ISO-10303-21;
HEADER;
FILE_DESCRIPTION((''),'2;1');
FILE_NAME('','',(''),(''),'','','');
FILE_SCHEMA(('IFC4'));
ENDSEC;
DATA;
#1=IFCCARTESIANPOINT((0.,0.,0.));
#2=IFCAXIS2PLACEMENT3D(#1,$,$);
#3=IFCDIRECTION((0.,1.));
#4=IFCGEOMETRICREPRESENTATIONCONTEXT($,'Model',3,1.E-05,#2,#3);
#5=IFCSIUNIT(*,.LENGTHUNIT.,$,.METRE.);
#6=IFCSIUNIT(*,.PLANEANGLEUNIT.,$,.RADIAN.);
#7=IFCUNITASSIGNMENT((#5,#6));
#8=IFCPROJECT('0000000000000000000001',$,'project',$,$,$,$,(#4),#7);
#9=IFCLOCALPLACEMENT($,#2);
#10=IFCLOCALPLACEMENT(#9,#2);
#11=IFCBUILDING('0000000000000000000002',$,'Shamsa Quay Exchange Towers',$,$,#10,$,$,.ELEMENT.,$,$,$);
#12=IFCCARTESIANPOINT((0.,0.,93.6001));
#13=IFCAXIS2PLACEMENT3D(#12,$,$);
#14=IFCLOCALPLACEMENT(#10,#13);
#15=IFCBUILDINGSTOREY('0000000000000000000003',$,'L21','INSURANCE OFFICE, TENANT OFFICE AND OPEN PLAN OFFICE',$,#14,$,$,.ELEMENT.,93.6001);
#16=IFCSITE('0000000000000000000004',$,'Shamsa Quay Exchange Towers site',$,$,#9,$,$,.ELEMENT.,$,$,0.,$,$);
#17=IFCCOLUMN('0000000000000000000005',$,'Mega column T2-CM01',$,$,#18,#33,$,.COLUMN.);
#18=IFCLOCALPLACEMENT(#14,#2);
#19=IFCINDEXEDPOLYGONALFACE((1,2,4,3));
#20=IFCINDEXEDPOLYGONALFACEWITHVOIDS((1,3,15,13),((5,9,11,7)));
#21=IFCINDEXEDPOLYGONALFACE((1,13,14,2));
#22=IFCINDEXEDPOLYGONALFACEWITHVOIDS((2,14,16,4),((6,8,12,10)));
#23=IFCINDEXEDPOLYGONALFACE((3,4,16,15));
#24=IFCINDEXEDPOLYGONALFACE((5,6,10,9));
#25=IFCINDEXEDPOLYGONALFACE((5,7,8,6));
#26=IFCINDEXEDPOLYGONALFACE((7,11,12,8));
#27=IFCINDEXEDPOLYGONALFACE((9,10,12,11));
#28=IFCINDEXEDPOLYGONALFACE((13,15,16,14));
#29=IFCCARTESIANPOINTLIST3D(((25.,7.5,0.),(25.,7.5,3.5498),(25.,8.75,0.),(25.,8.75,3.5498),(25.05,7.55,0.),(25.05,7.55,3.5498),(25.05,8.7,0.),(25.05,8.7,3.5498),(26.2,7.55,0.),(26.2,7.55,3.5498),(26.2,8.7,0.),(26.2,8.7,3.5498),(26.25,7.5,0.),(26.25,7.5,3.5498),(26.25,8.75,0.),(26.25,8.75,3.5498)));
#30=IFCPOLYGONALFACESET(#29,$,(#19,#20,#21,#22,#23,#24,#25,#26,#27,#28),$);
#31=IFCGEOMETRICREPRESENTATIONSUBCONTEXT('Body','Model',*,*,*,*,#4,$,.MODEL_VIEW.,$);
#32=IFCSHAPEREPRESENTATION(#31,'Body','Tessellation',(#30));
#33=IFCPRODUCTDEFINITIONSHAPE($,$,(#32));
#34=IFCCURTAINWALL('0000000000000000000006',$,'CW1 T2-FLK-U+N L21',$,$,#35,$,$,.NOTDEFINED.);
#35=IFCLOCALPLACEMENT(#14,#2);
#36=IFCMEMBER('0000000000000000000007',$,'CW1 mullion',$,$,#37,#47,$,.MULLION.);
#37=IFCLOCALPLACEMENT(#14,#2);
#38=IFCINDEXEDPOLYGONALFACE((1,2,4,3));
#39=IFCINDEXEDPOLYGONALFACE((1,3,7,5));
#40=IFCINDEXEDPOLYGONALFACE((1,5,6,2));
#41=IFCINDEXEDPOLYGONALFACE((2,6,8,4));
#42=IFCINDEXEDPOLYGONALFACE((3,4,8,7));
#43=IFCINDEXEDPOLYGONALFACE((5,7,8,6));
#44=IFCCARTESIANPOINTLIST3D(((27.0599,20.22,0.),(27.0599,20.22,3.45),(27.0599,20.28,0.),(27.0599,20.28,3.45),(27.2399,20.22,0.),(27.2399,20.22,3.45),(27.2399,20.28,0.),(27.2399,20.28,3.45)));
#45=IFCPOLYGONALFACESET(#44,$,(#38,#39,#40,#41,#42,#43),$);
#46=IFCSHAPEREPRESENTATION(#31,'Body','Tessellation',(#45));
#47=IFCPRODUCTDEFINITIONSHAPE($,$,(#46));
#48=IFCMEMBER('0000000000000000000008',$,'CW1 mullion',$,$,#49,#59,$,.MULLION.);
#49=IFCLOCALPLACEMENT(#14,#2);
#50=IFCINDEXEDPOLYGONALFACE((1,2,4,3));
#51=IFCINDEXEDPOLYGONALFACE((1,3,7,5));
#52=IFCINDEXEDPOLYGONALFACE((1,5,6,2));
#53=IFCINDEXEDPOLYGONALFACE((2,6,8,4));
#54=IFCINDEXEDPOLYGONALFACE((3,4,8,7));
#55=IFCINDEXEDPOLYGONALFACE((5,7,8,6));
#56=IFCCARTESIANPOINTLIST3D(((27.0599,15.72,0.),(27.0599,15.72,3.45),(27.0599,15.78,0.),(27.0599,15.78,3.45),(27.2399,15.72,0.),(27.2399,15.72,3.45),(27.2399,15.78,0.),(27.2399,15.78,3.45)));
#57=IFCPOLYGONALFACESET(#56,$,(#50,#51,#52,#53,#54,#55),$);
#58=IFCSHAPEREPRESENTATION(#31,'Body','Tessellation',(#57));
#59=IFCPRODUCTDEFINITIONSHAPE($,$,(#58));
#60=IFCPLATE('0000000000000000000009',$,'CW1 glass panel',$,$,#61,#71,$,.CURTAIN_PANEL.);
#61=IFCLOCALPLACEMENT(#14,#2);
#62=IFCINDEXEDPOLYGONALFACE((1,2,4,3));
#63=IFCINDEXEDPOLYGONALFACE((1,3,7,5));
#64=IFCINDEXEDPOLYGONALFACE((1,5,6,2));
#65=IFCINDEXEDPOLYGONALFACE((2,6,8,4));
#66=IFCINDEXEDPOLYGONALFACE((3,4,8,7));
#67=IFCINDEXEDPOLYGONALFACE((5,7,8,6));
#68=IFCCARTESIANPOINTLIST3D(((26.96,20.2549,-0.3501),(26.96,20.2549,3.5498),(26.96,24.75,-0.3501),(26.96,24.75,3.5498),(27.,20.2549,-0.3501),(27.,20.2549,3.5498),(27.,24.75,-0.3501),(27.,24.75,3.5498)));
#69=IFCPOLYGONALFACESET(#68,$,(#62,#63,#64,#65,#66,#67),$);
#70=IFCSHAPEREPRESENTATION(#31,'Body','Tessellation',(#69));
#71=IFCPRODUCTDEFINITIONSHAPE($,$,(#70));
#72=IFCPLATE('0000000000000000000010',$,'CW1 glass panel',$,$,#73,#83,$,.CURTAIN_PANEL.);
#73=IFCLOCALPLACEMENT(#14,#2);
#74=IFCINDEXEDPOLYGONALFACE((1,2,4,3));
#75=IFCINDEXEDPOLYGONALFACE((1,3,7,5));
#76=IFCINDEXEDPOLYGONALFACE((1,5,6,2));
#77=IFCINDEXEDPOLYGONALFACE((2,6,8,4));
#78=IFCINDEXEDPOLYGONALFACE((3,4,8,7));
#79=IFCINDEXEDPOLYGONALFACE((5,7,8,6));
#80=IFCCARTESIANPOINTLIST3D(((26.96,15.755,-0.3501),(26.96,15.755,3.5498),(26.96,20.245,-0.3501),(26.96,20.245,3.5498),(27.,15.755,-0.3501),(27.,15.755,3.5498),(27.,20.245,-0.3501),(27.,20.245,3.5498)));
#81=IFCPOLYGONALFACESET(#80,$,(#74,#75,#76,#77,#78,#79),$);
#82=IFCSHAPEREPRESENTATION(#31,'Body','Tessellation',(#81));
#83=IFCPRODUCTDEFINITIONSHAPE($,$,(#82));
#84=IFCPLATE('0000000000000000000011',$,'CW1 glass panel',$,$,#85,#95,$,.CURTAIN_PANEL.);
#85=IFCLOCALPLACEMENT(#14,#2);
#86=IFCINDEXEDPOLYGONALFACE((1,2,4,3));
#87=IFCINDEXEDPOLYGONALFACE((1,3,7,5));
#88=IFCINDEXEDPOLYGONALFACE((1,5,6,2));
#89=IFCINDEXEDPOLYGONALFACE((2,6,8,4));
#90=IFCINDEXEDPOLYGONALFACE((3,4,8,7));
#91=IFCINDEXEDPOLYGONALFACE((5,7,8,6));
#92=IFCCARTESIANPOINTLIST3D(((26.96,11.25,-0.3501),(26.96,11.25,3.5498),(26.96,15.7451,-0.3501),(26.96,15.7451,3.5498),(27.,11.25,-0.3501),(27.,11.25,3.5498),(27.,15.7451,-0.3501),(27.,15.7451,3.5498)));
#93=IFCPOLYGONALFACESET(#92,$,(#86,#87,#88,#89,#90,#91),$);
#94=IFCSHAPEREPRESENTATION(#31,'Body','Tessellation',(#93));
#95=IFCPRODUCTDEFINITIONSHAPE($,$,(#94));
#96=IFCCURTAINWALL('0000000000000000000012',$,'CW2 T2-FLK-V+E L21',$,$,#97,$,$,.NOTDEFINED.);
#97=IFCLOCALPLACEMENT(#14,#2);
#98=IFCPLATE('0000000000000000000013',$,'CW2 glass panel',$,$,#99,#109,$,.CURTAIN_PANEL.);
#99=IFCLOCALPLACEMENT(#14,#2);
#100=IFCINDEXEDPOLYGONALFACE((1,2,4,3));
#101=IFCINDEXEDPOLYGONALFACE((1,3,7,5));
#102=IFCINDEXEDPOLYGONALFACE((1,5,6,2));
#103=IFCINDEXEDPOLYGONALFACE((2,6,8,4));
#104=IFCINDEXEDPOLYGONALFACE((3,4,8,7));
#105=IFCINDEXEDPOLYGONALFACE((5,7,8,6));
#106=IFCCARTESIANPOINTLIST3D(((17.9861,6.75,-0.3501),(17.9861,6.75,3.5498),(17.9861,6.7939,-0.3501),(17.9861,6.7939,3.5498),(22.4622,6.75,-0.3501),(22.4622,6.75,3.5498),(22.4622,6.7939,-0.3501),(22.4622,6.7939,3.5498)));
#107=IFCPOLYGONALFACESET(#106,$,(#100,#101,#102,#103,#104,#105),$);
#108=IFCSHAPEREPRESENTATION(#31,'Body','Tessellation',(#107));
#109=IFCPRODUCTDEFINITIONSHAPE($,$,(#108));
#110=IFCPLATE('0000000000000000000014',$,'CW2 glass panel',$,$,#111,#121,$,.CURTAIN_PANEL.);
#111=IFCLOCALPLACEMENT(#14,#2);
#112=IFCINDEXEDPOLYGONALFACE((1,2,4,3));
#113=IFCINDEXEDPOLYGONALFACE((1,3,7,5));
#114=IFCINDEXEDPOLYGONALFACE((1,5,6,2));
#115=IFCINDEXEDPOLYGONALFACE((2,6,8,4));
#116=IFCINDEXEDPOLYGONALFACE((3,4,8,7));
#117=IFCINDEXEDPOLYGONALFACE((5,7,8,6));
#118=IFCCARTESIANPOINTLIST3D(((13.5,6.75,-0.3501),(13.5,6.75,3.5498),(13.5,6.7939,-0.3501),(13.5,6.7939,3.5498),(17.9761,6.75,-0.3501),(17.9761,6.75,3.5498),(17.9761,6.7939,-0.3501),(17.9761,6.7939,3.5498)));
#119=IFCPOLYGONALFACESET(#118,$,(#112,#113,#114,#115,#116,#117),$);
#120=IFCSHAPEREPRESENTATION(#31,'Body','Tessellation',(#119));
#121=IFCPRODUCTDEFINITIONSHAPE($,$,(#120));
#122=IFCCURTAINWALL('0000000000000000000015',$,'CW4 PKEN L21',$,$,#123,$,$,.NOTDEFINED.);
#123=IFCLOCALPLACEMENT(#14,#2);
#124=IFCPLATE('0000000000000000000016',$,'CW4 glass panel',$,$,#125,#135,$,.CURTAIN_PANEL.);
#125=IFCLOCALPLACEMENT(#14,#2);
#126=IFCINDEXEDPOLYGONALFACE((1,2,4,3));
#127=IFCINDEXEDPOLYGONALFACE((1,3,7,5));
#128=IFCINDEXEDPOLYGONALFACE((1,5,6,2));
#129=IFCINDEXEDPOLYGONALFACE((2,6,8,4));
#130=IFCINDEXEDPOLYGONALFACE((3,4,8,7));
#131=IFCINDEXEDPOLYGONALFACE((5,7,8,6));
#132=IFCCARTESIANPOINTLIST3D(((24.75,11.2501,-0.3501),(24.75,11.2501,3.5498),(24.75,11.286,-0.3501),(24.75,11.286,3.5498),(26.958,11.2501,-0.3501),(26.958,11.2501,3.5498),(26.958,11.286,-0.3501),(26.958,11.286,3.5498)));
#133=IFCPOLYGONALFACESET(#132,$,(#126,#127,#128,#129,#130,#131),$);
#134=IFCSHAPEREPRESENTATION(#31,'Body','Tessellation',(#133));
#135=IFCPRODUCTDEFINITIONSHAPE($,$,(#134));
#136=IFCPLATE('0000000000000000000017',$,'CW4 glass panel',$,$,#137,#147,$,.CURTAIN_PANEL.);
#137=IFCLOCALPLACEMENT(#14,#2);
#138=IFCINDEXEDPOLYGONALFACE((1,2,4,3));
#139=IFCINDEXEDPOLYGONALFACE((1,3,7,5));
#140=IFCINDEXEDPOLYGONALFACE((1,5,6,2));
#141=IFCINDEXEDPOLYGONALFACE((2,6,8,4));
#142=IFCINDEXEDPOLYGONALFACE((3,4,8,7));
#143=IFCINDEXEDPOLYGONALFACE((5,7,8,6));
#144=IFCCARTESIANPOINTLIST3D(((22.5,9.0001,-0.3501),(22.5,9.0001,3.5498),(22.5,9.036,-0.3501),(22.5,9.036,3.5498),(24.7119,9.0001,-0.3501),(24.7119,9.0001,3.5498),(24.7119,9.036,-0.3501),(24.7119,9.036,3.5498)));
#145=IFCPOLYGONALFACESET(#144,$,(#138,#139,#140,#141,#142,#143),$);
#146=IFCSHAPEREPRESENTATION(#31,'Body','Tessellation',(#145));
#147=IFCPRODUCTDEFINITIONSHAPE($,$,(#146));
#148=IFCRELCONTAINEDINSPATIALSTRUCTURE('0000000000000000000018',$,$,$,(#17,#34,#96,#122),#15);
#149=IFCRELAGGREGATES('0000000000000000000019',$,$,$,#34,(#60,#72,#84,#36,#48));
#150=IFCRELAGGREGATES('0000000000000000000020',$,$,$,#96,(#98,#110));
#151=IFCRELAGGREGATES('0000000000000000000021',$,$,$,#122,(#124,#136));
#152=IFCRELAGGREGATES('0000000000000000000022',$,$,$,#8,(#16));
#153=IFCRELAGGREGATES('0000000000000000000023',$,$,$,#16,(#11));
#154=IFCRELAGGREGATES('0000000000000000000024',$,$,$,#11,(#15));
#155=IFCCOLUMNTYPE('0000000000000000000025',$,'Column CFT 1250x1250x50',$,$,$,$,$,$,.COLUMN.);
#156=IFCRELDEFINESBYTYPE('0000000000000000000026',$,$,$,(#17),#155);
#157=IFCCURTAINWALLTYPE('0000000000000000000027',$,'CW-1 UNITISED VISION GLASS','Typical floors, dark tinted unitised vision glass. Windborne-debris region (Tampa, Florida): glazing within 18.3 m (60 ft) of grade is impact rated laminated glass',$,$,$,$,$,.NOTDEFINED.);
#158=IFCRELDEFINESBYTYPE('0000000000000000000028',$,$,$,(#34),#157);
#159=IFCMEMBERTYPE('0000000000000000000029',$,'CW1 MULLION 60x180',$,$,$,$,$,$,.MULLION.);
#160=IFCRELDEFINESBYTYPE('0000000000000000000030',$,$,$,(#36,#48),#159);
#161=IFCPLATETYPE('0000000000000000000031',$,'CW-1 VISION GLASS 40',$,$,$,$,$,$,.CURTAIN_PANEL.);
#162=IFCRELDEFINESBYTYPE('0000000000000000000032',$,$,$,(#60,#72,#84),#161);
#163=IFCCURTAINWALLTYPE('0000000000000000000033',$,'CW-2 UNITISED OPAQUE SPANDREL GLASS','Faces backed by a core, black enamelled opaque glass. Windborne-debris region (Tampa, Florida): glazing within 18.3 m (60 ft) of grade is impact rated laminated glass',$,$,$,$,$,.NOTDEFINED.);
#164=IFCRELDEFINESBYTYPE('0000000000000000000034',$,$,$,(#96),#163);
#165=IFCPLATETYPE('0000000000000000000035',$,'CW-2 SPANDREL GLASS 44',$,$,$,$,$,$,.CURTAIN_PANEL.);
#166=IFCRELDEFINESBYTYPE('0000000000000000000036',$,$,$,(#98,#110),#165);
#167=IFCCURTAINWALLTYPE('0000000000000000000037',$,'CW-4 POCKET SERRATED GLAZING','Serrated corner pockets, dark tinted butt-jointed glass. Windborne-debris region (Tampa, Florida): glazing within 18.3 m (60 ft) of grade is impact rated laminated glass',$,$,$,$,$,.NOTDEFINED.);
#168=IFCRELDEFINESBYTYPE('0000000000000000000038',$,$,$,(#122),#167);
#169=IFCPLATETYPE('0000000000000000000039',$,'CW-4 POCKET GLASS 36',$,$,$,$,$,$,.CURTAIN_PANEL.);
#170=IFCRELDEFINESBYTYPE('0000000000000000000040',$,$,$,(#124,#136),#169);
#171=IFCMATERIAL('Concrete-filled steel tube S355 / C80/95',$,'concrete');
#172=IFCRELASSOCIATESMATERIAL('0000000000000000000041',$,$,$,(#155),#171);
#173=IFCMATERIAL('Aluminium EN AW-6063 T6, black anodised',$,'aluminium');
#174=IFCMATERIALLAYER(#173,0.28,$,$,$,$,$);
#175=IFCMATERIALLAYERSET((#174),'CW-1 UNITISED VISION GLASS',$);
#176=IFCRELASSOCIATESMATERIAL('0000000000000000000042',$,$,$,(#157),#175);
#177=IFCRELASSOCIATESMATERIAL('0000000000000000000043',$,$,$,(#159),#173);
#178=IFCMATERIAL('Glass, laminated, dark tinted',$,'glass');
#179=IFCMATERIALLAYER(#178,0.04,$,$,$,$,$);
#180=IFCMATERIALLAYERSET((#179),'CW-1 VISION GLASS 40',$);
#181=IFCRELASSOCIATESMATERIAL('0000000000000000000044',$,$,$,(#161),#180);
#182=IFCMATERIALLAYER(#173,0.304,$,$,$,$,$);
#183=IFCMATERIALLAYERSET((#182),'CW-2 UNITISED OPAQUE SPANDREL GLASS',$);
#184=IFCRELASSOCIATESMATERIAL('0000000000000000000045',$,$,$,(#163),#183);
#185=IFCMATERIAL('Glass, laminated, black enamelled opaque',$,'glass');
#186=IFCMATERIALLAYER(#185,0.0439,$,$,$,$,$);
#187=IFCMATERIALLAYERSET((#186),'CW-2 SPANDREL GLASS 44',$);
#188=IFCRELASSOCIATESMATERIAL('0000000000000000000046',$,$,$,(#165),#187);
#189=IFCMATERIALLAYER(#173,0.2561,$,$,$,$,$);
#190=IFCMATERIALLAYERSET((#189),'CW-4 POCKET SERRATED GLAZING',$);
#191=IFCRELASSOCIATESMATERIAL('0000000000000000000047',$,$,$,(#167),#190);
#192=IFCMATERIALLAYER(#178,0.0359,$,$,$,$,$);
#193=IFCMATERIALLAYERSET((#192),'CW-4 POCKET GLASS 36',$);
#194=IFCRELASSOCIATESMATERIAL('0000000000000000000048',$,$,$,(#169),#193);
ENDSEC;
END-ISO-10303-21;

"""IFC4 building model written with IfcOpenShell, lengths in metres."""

from ifc_helpers import new_model, si_unit, direction, frame, origin, origin_2d, place, context, subcontext, project, spatial, rectangle, hollow_rectangle, extrude, material, layer, layer_set, material_profile, profile_set, type_object, element, aggregate, save


model = new_model("IFC4")

# Units and contexts
model_context = context("Model", 3, precision=1e-05, world=origin(), true_north=direction((0.0, 1.0)))
body_context = subcontext(model_context, "Body", "Model", "MODEL_VIEW")
ifc_project = project(units=[si_unit("LENGTHUNIT", "METRE"), si_unit("PLANEANGLEUNIT", "RADIAN")], contexts=[model_context])

# Site, building, storey
site_placement = place(None, origin())
site = spatial("IfcSite", under=ifc_project, at=site_placement, Name="Shamsa Quay Exchange Towers site", CompositionType="ELEMENT", RefElevation=0.0)
building_placement = place(site_placement, origin())
building = spatial("IfcBuilding", under=site, at=building_placement, Name="Shamsa Quay Exchange Towers", CompositionType="ELEMENT")
storey_placement = place(building_placement, frame((0.0, 0.0, 93.6001)))
storey = spatial("IfcBuildingStorey", under=building, at=storey_placement, Name="L21", Description="INSURANCE OFFICE, TENANT OFFICE AND OPEN PLAN OFFICE", CompositionType="ELEMENT", Elevation=93.6001)

# Column
ifc_material_1 = material(Name="Concrete-filled steel tube S355 / C80/95", Category="concrete")
ifc_material_profile_1 = material_profile(ifc_material_1, hollow_rectangle(XDim=1.25, YDim=1.25, WallThickness=0.05, at=origin_2d()), Name="CFT 1250x1250x50")
ifc_profile_set_1 = profile_set([ifc_material_profile_1], Name="Concrete-filled steel tube S355 / C80/95")
column_type = type_object("IfcColumnType", Name="Column CFT 1250x1250x50", PredefinedType="COLUMN", material=ifc_profile_set_1)
column_placement = place(storey_placement, frame((25.625, 8.125, 0.0)))
element("IfcColumn", 1, at=column_placement, inside=storey, type_object=column_type, Name="Mega column T2-CM01", PredefinedType="COLUMN", context=body_context, shape_type="SweptSolid", body=[
    extrude(hollow_rectangle(XDim=1.25, YDim=1.25, WallThickness=0.05, at=origin_2d()), origin(), (0.0, 0.0, 1.0), 3.5498),
])

# Curtain wall, members, plates
ifc_material_2 = material(Name="Aluminium EN AW-6063 T6, black anodised", Category="aluminium")
ifc_layer_1 = layer(ifc_material_2, 0.28)
ifc_layer_set_1 = layer_set([ifc_layer_1], Name="CW-1 UNITISED VISION GLASS")
curtain_wall_type_1 = type_object("IfcCurtainWallType", Name="CW-1 UNITISED VISION GLASS", Description="Typical floors, dark tinted unitised vision glass. Windborne-debris region (Tampa, Florida): glazing within 18.3 m (60 ft) of grade is impact rated laminated glass", PredefinedType="NOTDEFINED", material=ifc_layer_set_1)
curtain_wall_1_placement = place(storey_placement, origin())
curtain_wall_1 = element("IfcCurtainWall", 2, at=curtain_wall_1_placement, inside=storey, type_object=curtain_wall_type_1, Name="CW1 T2-FLK-U+N L21", PredefinedType="NOTDEFINED")
ifc_material_profile_2 = material_profile(ifc_material_2, rectangle(XDim=0.1799, YDim=0.0601, at=origin_2d()), Name="MU60x180")
ifc_profile_set_2 = profile_set([ifc_material_profile_2], Name="Aluminium EN AW-6063 T6, black anodised")
member_type = type_object("IfcMemberType", Name="CW1 MULLION 60x180", PredefinedType="MULLION", material=ifc_profile_set_2)
member_1_placement = place(storey_placement, frame((27.1499, 20.25, 0.0)))
member_1 = element("IfcMember", 3, at=member_1_placement, type_object=member_type, Name="CW1 mullion", PredefinedType="MULLION", context=body_context, shape_type="SweptSolid", body=[
    extrude(rectangle(XDim=0.1799, YDim=0.0601, at=origin_2d()), origin(), (0.0, 0.0, 1.0), 3.45),
])
member_2_placement = place(storey_placement, frame((27.1499, 15.75, 0.0)))
member_2 = element("IfcMember", 4, at=member_2_placement, type_object=member_type, Name="CW1 mullion", PredefinedType="MULLION", context=body_context, shape_type="SweptSolid", body=[
    extrude(rectangle(XDim=0.1799, YDim=0.0601, at=origin_2d()), origin(), (0.0, 0.0, 1.0), 3.45),
])
ifc_material_3 = material(Name="Glass, laminated, dark tinted", Category="glass")
ifc_layer_2 = layer(ifc_material_3, 0.04)
ifc_layer_set_2 = layer_set([ifc_layer_2], Name="CW-1 VISION GLASS 40")
plate_type_1 = type_object("IfcPlateType", Name="CW-1 VISION GLASS 40", PredefinedType="CURTAIN_PANEL", material=ifc_layer_set_2)
plate_1_placement = place(storey_placement, frame((26.98, 22.5024, -0.3501), z_axis=(0.0, 0.0, 1.0), x_axis=(0.0, -1.0, 0.0)))
plate_1 = element("IfcPlate", 5, at=plate_1_placement, type_object=plate_type_1, Name="CW1 glass panel", PredefinedType="CURTAIN_PANEL", context=body_context, shape_type="SweptSolid", body=[
    extrude(rectangle(XDim=4.4951, YDim=0.04, at=origin_2d()), origin(), (0.0, 0.0, 1.0), 3.8999),
])
plate_2_placement = place(storey_placement, frame((26.98, 18.0, -0.3501), z_axis=(0.0, 0.0, 1.0), x_axis=(0.0, -1.0, 0.0)))
plate_2 = element("IfcPlate", 6, at=plate_2_placement, type_object=plate_type_1, Name="CW1 glass panel", PredefinedType="CURTAIN_PANEL", context=body_context, shape_type="SweptSolid", body=[
    extrude(rectangle(XDim=4.49, YDim=0.04, at=origin_2d()), origin(), (0.0, 0.0, 1.0), 3.8999),
])
plate_3_placement = place(storey_placement, frame((26.98, 13.4976, -0.3501), z_axis=(0.0, 0.0, 1.0), x_axis=(0.0, -1.0, 0.0)))
plate_3 = element("IfcPlate", 7, at=plate_3_placement, type_object=plate_type_1, Name="CW1 glass panel", PredefinedType="CURTAIN_PANEL", context=body_context, shape_type="SweptSolid", body=[
    extrude(rectangle(XDim=4.4951, YDim=0.04, at=origin_2d()), origin(), (0.0, 0.0, 1.0), 3.8999),
])
aggregate(curtain_wall_1, [plate_1, plate_2, plate_3, member_1, member_2])

# Curtain walls, plates
ifc_layer_3 = layer(ifc_material_2, 0.304)
ifc_layer_set_3 = layer_set([ifc_layer_3], Name="CW-2 UNITISED OPAQUE SPANDREL GLASS")
curtain_wall_type_2 = type_object("IfcCurtainWallType", Name="CW-2 UNITISED OPAQUE SPANDREL GLASS", Description="Faces backed by a core, black enamelled opaque glass. Windborne-debris region (Tampa, Florida): glazing within 18.3 m (60 ft) of grade is impact rated laminated glass", PredefinedType="NOTDEFINED", material=ifc_layer_set_3)
curtain_wall_2_placement = place(storey_placement, origin())
curtain_wall_2 = element("IfcCurtainWall", 8, at=curtain_wall_2_placement, inside=storey, type_object=curtain_wall_type_2, Name="CW2 T2-FLK-V+E L21", PredefinedType="NOTDEFINED")
ifc_material_4 = material(Name="Glass, laminated, black enamelled opaque", Category="glass")
ifc_layer_4 = layer(ifc_material_4, 0.0439)
ifc_layer_set_4 = layer_set([ifc_layer_4], Name="CW-2 SPANDREL GLASS 44")
plate_type_2 = type_object("IfcPlateType", Name="CW-2 SPANDREL GLASS 44", PredefinedType="CURTAIN_PANEL", material=ifc_layer_set_4)
plate_4_placement = place(storey_placement, frame((20.2241, 6.772, -0.3501), z_axis=(0.0, 0.0, 1.0), x_axis=(-1.0, 0.0, 0.0)))
plate_4 = element("IfcPlate", 9, at=plate_4_placement, type_object=plate_type_2, Name="CW2 glass panel", PredefinedType="CURTAIN_PANEL", context=body_context, shape_type="SweptSolid", body=[
    extrude(rectangle(XDim=4.4761, YDim=0.0439, at=origin_2d()), origin(), (0.0, 0.0, 1.0), 3.8999),
])
plate_5_placement = place(storey_placement, frame((15.738, 6.772, -0.3501), z_axis=(0.0, 0.0, 1.0), x_axis=(-1.0, 0.0, 0.0)))
plate_5 = element("IfcPlate", 10, at=plate_5_placement, type_object=plate_type_2, Name="CW2 glass panel", PredefinedType="CURTAIN_PANEL", context=body_context, shape_type="SweptSolid", body=[
    extrude(rectangle(XDim=4.4761, YDim=0.0439, at=origin_2d()), origin(), (0.0, 0.0, 1.0), 3.8999),
])
aggregate(curtain_wall_2, [plate_4, plate_5])
ifc_layer_5 = layer(ifc_material_2, 0.2561)
ifc_layer_set_5 = layer_set([ifc_layer_5], Name="CW-4 POCKET SERRATED GLAZING")
curtain_wall_type_3 = type_object("IfcCurtainWallType", Name="CW-4 POCKET SERRATED GLAZING", Description="Serrated corner pockets, dark tinted butt-jointed glass. Windborne-debris region (Tampa, Florida): glazing within 18.3 m (60 ft) of grade is impact rated laminated glass", PredefinedType="NOTDEFINED", material=ifc_layer_set_5)
curtain_wall_3_placement = place(storey_placement, origin())
curtain_wall_3 = element("IfcCurtainWall", 11, at=curtain_wall_3_placement, inside=storey, type_object=curtain_wall_type_3, Name="CW4 PKEN L21", PredefinedType="NOTDEFINED")
ifc_layer_6 = layer(ifc_material_3, 0.0359)
ifc_layer_set_6 = layer_set([ifc_layer_6], Name="CW-4 POCKET GLASS 36")
plate_type_3 = type_object("IfcPlateType", Name="CW-4 POCKET GLASS 36", PredefinedType="CURTAIN_PANEL", material=ifc_layer_set_6)
plate_6_placement = place(storey_placement, frame((25.854, 11.2681, -0.3501), z_axis=(0.0, 0.0, 1.0), x_axis=(-1.0, 0.0, 0.0)))
plate_6 = element("IfcPlate", 12, at=plate_6_placement, type_object=plate_type_3, Name="CW4 glass panel", PredefinedType="CURTAIN_PANEL", context=body_context, shape_type="SweptSolid", body=[
    extrude(rectangle(XDim=2.208, YDim=0.0359, at=origin_2d()), origin(), (0.0, 0.0, 1.0), 3.8999),
])
plate_7_placement = place(storey_placement, frame((23.606, 9.0181, -0.3501), z_axis=(0.0, 0.0, 1.0), x_axis=(-1.0, 0.0, 0.0)))
plate_7 = element("IfcPlate", 13, at=plate_7_placement, type_object=plate_type_3, Name="CW4 glass panel", PredefinedType="CURTAIN_PANEL", context=body_context, shape_type="SweptSolid", body=[
    extrude(rectangle(XDim=2.2119, YDim=0.0359, at=origin_2d()), origin(), (0.0, 0.0, 1.0), 3.8999),
])
aggregate(curtain_wall_3, [plate_6, plate_7])

save(model, "model.ifc")
